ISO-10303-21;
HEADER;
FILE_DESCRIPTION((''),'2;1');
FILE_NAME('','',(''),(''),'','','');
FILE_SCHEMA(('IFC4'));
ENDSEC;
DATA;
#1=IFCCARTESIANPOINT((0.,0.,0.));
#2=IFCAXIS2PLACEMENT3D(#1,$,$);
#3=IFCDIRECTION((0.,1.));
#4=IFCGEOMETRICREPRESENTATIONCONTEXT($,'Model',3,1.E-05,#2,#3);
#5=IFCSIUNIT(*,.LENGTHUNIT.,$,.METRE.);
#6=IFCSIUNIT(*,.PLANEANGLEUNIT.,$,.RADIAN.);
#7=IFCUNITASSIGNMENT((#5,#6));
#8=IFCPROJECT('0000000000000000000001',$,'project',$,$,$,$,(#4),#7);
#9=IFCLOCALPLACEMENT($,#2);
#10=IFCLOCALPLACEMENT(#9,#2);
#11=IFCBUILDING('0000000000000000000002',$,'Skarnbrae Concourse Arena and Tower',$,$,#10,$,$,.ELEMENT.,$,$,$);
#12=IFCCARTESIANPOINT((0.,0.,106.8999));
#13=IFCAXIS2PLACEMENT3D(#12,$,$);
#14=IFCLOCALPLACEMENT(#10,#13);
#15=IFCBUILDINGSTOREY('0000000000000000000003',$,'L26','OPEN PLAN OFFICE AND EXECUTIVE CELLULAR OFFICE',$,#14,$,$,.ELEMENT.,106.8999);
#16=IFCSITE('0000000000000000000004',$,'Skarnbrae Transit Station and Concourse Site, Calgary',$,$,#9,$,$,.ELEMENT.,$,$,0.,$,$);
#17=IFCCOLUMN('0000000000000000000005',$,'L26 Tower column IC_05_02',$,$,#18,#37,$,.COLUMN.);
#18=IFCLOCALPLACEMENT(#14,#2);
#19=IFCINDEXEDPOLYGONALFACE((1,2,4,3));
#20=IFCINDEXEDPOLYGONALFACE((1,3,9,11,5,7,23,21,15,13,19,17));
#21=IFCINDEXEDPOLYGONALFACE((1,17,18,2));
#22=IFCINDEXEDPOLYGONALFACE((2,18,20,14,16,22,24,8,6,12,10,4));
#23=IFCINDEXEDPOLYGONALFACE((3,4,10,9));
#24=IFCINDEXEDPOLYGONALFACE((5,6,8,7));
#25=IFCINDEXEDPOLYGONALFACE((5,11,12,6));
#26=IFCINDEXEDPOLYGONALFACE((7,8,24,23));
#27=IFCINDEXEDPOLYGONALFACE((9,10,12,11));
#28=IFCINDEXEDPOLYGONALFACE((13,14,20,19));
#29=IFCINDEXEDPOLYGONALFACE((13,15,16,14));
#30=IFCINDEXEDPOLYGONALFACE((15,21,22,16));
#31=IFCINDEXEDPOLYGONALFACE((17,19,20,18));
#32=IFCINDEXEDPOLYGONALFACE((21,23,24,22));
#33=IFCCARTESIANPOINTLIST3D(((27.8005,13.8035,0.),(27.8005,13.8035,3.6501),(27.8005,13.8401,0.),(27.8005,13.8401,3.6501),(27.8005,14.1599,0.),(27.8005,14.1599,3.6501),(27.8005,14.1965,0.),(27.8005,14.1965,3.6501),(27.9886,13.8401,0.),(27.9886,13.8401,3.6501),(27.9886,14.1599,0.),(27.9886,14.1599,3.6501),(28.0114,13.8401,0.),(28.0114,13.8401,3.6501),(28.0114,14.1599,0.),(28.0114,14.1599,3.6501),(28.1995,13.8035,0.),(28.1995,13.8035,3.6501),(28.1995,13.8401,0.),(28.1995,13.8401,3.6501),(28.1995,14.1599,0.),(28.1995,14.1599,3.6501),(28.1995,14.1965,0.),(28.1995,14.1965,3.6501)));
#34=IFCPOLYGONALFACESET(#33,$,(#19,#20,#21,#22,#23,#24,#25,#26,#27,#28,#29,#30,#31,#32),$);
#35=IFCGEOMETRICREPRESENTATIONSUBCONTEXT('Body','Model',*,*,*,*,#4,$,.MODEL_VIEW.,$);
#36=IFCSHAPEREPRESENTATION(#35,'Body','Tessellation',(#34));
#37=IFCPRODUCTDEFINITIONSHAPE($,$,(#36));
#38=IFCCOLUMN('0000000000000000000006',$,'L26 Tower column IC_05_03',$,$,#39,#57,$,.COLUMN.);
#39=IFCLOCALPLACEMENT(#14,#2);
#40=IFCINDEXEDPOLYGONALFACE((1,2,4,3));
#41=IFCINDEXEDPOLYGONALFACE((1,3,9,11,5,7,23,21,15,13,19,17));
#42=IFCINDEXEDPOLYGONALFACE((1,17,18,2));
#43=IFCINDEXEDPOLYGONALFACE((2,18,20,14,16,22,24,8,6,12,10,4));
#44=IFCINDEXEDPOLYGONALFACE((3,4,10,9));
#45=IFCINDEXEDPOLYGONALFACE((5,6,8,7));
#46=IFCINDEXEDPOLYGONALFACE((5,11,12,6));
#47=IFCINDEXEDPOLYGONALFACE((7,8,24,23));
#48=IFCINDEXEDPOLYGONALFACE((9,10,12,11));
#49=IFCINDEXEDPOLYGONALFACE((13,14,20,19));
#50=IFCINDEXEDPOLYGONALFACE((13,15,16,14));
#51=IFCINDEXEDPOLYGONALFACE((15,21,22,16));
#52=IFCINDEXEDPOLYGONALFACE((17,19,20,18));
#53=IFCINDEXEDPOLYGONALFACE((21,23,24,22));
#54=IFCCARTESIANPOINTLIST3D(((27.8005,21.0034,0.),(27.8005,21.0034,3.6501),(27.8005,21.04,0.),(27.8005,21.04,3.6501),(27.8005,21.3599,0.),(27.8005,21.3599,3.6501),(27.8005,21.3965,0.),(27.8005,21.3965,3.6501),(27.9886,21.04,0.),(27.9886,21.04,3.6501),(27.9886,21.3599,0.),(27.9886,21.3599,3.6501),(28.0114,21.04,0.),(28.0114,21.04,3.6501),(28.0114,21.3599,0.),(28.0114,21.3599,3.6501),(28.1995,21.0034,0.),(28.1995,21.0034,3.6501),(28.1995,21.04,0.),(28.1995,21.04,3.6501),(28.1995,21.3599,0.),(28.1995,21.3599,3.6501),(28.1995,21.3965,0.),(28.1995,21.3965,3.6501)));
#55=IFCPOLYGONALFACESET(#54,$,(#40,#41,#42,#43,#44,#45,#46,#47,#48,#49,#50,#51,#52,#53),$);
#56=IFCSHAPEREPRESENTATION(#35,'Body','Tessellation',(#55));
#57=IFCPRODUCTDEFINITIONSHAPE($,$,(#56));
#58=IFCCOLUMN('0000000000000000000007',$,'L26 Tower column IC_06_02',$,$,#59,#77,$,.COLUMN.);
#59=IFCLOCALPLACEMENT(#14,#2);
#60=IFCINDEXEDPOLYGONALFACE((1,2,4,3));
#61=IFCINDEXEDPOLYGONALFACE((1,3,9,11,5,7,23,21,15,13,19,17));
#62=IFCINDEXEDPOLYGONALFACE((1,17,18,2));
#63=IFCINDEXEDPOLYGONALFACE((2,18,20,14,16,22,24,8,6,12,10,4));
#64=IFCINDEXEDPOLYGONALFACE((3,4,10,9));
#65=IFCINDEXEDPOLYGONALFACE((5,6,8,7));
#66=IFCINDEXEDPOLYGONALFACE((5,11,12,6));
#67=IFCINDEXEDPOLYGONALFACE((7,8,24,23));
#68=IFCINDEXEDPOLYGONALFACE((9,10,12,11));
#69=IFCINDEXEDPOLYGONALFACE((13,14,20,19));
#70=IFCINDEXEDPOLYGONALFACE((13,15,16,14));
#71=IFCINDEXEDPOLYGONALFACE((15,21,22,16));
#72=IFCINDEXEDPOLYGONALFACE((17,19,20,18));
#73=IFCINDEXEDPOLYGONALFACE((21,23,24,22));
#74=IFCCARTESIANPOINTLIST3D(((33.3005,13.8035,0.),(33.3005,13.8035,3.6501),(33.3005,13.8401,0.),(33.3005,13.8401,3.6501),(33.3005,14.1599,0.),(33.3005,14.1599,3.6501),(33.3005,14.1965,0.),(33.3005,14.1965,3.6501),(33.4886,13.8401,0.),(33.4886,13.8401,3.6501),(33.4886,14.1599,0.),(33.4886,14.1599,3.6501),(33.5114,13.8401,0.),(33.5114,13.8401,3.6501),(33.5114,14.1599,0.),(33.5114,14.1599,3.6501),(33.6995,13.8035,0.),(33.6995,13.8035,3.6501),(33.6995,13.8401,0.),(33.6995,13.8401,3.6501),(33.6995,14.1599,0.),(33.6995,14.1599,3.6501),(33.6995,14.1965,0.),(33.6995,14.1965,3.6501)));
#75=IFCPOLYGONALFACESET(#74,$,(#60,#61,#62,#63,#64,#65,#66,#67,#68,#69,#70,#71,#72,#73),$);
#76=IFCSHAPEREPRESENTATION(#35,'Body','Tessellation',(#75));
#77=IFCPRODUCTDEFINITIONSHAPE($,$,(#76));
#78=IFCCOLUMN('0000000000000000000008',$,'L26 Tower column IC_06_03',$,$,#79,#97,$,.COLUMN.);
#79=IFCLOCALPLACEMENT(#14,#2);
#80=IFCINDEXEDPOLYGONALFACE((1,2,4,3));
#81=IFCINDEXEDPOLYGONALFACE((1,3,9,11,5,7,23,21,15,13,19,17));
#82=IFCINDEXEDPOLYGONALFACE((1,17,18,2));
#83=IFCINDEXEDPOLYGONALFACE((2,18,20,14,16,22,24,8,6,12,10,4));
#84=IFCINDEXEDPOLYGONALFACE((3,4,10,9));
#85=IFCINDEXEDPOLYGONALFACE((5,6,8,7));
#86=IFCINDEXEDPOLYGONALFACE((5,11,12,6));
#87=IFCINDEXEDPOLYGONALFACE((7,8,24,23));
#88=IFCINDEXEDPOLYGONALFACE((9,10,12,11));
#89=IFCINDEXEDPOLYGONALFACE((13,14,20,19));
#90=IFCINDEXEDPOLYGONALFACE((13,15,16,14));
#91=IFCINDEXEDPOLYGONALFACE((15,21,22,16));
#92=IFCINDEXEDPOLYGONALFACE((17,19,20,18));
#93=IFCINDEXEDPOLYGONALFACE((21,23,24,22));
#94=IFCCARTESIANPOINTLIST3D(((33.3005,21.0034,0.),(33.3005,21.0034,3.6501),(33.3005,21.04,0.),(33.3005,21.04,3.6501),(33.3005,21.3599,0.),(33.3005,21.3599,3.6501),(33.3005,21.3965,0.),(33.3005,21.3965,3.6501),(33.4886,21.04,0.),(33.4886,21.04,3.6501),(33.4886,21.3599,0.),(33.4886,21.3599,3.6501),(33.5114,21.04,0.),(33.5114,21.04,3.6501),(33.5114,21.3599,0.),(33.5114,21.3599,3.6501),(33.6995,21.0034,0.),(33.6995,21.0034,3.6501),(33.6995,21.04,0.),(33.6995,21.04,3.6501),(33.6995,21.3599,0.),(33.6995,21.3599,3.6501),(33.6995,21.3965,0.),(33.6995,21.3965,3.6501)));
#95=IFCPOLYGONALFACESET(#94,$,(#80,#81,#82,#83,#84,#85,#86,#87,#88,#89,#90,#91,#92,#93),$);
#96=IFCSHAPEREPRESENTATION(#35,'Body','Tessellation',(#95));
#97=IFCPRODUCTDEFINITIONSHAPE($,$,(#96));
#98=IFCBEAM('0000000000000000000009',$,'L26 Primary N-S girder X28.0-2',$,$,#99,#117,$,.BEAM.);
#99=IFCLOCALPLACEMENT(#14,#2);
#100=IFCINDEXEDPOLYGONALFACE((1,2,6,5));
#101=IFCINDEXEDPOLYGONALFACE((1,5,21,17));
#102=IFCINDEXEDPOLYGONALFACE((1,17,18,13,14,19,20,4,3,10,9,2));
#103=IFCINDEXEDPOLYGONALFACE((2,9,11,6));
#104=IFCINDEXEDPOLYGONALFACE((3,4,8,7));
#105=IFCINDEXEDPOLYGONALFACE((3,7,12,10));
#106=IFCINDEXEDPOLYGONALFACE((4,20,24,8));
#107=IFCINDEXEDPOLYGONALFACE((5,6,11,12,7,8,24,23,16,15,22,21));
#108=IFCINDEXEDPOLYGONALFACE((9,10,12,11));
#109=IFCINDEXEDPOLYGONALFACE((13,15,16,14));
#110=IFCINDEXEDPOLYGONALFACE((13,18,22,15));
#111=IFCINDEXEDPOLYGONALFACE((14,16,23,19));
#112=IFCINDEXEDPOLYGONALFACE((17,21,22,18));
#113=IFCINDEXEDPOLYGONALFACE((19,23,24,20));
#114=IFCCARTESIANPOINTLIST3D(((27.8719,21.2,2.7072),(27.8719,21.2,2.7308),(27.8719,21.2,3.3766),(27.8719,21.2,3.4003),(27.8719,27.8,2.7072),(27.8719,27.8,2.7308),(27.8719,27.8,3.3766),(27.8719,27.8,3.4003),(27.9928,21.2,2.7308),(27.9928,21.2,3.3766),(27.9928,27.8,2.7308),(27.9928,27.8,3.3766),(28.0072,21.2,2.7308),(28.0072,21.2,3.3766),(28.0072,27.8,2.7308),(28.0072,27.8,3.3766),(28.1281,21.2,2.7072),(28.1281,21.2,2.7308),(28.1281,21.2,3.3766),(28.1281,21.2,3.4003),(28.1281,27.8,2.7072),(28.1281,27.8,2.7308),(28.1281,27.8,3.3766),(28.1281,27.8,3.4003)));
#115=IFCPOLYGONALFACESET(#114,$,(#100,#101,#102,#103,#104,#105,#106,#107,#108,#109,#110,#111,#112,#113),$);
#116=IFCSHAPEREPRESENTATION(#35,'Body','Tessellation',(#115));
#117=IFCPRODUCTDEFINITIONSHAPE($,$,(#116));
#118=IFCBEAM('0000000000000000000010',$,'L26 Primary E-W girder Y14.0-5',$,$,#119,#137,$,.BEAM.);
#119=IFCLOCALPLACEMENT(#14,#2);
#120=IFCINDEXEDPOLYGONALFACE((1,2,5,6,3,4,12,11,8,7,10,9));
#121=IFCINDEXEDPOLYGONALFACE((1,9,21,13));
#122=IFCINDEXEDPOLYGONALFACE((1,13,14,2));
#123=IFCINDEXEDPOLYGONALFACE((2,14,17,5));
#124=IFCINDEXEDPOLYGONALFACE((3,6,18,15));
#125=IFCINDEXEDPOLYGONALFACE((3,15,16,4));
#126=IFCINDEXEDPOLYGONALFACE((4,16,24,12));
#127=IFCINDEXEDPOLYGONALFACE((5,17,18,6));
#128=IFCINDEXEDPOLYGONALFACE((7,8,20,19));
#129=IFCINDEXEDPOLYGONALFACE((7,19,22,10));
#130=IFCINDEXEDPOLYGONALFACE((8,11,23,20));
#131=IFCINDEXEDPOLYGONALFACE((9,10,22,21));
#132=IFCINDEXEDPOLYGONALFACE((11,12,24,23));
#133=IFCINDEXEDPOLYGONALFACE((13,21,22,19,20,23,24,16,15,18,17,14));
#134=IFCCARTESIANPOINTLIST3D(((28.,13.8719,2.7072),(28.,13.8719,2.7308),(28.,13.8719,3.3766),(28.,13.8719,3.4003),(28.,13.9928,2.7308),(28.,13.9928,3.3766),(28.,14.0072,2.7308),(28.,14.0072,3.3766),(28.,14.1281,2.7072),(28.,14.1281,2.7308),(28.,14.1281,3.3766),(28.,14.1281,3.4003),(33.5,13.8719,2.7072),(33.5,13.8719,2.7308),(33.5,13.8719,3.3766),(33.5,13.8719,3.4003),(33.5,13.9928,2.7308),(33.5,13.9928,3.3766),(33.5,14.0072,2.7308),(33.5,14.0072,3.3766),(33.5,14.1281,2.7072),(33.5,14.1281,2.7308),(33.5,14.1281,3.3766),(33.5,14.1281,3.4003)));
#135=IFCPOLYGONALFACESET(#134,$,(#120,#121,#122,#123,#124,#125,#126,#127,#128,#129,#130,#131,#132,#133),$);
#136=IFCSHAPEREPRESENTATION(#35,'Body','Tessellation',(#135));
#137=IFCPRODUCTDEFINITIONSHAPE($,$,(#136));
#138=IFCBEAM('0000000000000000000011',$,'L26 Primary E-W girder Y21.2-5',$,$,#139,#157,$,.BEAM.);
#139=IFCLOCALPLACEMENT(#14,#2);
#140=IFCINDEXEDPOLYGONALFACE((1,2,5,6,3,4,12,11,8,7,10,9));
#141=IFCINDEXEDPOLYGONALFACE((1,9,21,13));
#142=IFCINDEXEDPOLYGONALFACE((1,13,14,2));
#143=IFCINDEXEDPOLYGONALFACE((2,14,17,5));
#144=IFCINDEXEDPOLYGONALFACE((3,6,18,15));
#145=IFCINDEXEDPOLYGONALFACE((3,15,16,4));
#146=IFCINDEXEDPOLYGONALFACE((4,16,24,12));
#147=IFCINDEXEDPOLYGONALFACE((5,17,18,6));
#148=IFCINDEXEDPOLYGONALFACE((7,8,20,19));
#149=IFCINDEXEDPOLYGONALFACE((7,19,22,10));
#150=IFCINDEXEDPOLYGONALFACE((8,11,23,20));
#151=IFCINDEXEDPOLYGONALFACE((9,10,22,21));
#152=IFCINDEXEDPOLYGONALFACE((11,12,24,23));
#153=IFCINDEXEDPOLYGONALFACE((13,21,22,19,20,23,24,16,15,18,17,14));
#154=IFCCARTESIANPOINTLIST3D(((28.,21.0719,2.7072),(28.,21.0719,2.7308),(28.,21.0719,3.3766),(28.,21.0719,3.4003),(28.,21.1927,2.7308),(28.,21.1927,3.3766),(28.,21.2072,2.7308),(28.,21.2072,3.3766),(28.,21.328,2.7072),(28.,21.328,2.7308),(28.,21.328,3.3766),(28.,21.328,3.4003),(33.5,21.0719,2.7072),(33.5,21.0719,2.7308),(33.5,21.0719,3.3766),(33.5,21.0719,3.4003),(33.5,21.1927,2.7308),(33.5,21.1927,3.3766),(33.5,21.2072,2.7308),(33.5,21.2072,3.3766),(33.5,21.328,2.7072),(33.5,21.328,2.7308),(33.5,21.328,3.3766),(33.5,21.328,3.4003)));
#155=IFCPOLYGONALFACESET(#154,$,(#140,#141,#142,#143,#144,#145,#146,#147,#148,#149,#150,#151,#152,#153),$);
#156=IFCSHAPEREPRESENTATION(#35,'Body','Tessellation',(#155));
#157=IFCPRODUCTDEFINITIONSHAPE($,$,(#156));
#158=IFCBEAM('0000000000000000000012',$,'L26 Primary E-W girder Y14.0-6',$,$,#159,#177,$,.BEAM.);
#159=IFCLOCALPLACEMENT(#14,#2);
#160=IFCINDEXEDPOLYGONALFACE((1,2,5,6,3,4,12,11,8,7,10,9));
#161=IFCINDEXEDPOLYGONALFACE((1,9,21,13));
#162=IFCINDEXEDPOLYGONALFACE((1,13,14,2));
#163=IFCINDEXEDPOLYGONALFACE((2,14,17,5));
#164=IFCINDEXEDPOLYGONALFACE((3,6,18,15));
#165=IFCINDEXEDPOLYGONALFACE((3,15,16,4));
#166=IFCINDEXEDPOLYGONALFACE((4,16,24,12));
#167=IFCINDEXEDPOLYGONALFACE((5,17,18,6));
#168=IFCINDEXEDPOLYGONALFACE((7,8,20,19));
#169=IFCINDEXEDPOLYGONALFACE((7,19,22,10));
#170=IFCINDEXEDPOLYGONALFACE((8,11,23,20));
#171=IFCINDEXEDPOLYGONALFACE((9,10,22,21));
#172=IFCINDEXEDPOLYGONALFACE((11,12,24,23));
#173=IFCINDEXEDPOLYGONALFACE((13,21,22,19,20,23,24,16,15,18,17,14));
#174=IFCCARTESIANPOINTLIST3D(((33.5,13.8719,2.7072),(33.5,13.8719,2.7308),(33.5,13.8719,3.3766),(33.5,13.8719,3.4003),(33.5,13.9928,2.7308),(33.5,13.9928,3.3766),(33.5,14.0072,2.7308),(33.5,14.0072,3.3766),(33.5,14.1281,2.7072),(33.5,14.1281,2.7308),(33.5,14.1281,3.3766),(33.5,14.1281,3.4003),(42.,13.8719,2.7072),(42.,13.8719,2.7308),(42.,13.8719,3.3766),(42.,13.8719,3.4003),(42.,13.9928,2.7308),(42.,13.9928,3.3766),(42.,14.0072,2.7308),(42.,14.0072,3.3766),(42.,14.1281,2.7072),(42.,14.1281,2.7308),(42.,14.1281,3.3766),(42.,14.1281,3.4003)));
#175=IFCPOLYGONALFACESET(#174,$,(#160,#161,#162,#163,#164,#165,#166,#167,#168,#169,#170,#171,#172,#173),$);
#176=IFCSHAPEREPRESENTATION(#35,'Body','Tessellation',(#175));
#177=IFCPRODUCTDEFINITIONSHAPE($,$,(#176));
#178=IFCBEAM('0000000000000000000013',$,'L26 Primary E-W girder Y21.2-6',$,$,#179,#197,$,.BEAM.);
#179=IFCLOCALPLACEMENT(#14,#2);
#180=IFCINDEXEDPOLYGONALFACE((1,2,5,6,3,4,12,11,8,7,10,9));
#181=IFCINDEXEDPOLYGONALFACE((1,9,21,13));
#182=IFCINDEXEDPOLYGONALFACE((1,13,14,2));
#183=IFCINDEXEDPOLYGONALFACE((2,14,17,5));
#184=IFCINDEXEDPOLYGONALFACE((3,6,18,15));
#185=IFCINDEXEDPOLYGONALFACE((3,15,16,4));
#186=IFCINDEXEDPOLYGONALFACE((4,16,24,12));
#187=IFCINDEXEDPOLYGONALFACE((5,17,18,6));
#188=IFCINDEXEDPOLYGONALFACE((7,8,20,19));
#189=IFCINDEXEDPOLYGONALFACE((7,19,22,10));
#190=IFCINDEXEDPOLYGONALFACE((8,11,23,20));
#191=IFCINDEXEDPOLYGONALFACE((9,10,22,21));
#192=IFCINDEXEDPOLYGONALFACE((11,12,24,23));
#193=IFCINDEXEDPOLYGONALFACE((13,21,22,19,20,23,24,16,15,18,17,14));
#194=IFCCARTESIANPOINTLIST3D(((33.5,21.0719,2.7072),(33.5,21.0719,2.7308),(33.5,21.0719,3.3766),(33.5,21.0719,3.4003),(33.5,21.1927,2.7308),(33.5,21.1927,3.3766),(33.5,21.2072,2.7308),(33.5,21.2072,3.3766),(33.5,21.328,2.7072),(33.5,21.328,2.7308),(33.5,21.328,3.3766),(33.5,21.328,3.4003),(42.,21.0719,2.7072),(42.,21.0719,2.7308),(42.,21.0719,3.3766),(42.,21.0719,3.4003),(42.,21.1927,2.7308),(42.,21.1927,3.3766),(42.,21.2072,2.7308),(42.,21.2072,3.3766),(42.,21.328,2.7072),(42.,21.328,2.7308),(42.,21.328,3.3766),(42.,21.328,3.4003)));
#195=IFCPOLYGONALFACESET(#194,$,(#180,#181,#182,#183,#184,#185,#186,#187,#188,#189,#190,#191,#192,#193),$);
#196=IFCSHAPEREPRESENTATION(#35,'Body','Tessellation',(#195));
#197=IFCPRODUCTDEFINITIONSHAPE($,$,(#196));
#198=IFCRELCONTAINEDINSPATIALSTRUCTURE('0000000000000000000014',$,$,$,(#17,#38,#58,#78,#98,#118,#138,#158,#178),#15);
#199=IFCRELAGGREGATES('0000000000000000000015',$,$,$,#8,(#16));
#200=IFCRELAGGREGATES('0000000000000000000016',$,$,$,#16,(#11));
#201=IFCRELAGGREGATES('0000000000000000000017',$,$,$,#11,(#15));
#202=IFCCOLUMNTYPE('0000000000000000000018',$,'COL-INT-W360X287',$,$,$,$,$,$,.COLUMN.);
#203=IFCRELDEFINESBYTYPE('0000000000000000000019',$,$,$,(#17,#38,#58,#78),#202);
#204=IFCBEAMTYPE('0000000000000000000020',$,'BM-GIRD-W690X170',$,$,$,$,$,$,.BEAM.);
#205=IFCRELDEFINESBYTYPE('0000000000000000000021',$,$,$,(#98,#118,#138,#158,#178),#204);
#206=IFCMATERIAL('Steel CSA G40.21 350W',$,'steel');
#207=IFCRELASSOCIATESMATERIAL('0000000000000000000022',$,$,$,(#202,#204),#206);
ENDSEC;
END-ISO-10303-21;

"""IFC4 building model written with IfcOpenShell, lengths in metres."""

from ifc_helpers import new_model, si_unit, direction, frame, origin, origin_2d, place, context, subcontext, project, spatial, i_section, extrude, source, transform, mapped, material, material_profile, profile_set, type_object, element, save


model = new_model("IFC4")

# Units and contexts
model_context = context("Model", 3, precision=1e-05, world=origin(), true_north=direction((0.0, 1.0)))
body_context = subcontext(model_context, "Body", "Model", "MODEL_VIEW")
ifc_project = project(units=[si_unit("LENGTHUNIT", "METRE"), si_unit("PLANEANGLEUNIT", "RADIAN")], contexts=[model_context])

# Site, building, storey
site_placement = place(None, origin())
site = spatial("IfcSite", under=ifc_project, at=site_placement, Name="Skarnbrae Transit Station and Concourse Site, Calgary", CompositionType="ELEMENT", RefElevation=0.0)
building_placement = place(site_placement, origin())
building = spatial("IfcBuilding", under=site, at=building_placement, Name="Skarnbrae Concourse Arena and Tower", CompositionType="ELEMENT")
storey_placement = place(building_placement, frame((0.0, 0.0, 106.8999)))
storey = spatial("IfcBuildingStorey", under=building, at=storey_placement, Name="L26", Description="OPEN PLAN OFFICE AND EXECUTIVE CELLULAR OFFICE", CompositionType="ELEMENT", Elevation=106.8999)

# Columns
ifc_material_1 = material(Name="Steel CSA G40.21 350W", Category="steel")
ifc_material_profile_1 = material_profile(ifc_material_1, i_section(OverallWidth=0.3989, OverallDepth=0.3931, WebThickness=0.0227, FlangeThickness=0.0366, at=origin_2d()), Name="W360X287")
ifc_profile_set_1 = profile_set([ifc_material_profile_1], Name="Steel CSA G40.21 350W")
column_type = type_object("IfcColumnType", Name="COL-INT-W360X287", PredefinedType="COLUMN", material=ifc_profile_set_1)
shared_shape_1 = source(origin(), body_context, "Body", "SweptSolid", [
    extrude(i_section(OverallWidth=0.3989, OverallDepth=0.3931, WebThickness=0.0227, FlangeThickness=0.0366, at=origin_2d()), origin(), (0.0, 0.0, 1.0), 3.6501),
])
for number, where, z_axis, x_axis, name in (
    (1, (28.0, 14.0, 0.0), (0.0, 0.0, 1.0), (1.0, 0.0, 0.0), "L26 Tower column IC_05_02"),
    (2, (28.0, 21.2, 0.0), (0.0, 0.0, 1.0), (1.0, 0.0, 0.0), "L26 Tower column IC_05_03"),
    (3, (33.5, 14.0, 0.0), (0.0, 0.0, 1.0), (1.0, 0.0, 0.0), "L26 Tower column IC_06_02"),
    (4, (33.5, 21.2, 0.0), (0.0, 0.0, 1.0), (1.0, 0.0, 0.0), "L26 Tower column IC_06_03"),
):
    element("IfcColumn", number, at=place(storey_placement, frame(where, z_axis=z_axis, x_axis=x_axis)), inside=storey, type_object=column_type, Name=name, PredefinedType="COLUMN", context=body_context, shape_type="MappedRepresentation", body=[
        mapped(shared_shape_1, transform((0.0, 0.0, 0.0))),
    ])

# Beams
ifc_material_profile_2 = material_profile(ifc_material_1, i_section(OverallWidth=0.2561, OverallDepth=0.6931, WebThickness=0.0144, FlangeThickness=0.0237, at=origin_2d()), Name="W690X170")
ifc_profile_set_2 = profile_set([ifc_material_profile_2], Name="Steel CSA G40.21 350W")
beam_type_1 = type_object("IfcBeamType", Name="BM-GIRD-W690X170", PredefinedType="BEAM", material=ifc_profile_set_2)
shared_shape_2 = source(origin(), body_context, "Body", "SweptSolid", [
    extrude(i_section(OverallWidth=0.2561, OverallDepth=0.6931, WebThickness=0.0144, FlangeThickness=0.0237, at=origin_2d()), origin(), (0.0, 0.0, 1.0), 6.6001),
])
beam_placement = place(storey_placement, frame((28.0, 21.2, 3.0537), z_axis=(0.0, 1.0, 0.0), x_axis=(-1.0, 0.0, 0.0)))
element("IfcBeam", 5, at=beam_placement, inside=storey, type_object=beam_type_1, Name="L26 Primary N-S girder X28.0-2", PredefinedType="BEAM", context=body_context, shape_type="MappedRepresentation", body=[
    mapped(shared_shape_2, transform((0.0, 0.0, 0.0))),
])
shared_shape_3 = source(origin(), body_context, "Body", "SweptSolid", [
    extrude(i_section(OverallWidth=0.2561, OverallDepth=0.6931, WebThickness=0.0144, FlangeThickness=0.0237, at=origin_2d()), origin(), (0.0, 0.0, 1.0), 5.5),
])
for number, where, z_axis, x_axis, name in (
    (6, (28.0, 14.0, 3.0537), (1.0, 0.0, 0.0), (0.0, 1.0, 0.0), "L26 Primary E-W girder Y14.0-5"),
    (7, (28.0, 21.2, 3.0537), (1.0, 0.0, 0.0), (0.0, 1.0, 0.0), "L26 Primary E-W girder Y21.2-5"),
):
    element("IfcBeam", number, at=place(storey_placement, frame(where, z_axis=z_axis, x_axis=x_axis)), inside=storey, type_object=beam_type_1, Name=name, PredefinedType="BEAM", context=body_context, shape_type="MappedRepresentation", body=[
        mapped(shared_shape_3, transform((0.0, 0.0, 0.0))),
    ])
shared_shape_4 = source(origin(), body_context, "Body", "SweptSolid", [
    extrude(i_section(OverallWidth=0.2561, OverallDepth=0.6931, WebThickness=0.0144, FlangeThickness=0.0237, at=origin_2d()), origin(), (0.0, 0.0, 1.0), 8.5),
])
for number, where, z_axis, x_axis, name in (
    (8, (33.5, 14.0, 3.0537), (1.0, 0.0, 0.0), (0.0, 1.0, 0.0), "L26 Primary E-W girder Y14.0-6"),
    (9, (33.5, 21.2, 3.0537), (1.0, 0.0, 0.0), (0.0, 1.0, 0.0), "L26 Primary E-W girder Y21.2-6"),
):
    element("IfcBeam", number, at=place(storey_placement, frame(where, z_axis=z_axis, x_axis=x_axis)), inside=storey, type_object=beam_type_1, Name=name, PredefinedType="BEAM", context=body_context, shape_type="MappedRepresentation", body=[
        mapped(shared_shape_4, transform((0.0, 0.0, 0.0))),
    ])

save(model, "model.ifc")
